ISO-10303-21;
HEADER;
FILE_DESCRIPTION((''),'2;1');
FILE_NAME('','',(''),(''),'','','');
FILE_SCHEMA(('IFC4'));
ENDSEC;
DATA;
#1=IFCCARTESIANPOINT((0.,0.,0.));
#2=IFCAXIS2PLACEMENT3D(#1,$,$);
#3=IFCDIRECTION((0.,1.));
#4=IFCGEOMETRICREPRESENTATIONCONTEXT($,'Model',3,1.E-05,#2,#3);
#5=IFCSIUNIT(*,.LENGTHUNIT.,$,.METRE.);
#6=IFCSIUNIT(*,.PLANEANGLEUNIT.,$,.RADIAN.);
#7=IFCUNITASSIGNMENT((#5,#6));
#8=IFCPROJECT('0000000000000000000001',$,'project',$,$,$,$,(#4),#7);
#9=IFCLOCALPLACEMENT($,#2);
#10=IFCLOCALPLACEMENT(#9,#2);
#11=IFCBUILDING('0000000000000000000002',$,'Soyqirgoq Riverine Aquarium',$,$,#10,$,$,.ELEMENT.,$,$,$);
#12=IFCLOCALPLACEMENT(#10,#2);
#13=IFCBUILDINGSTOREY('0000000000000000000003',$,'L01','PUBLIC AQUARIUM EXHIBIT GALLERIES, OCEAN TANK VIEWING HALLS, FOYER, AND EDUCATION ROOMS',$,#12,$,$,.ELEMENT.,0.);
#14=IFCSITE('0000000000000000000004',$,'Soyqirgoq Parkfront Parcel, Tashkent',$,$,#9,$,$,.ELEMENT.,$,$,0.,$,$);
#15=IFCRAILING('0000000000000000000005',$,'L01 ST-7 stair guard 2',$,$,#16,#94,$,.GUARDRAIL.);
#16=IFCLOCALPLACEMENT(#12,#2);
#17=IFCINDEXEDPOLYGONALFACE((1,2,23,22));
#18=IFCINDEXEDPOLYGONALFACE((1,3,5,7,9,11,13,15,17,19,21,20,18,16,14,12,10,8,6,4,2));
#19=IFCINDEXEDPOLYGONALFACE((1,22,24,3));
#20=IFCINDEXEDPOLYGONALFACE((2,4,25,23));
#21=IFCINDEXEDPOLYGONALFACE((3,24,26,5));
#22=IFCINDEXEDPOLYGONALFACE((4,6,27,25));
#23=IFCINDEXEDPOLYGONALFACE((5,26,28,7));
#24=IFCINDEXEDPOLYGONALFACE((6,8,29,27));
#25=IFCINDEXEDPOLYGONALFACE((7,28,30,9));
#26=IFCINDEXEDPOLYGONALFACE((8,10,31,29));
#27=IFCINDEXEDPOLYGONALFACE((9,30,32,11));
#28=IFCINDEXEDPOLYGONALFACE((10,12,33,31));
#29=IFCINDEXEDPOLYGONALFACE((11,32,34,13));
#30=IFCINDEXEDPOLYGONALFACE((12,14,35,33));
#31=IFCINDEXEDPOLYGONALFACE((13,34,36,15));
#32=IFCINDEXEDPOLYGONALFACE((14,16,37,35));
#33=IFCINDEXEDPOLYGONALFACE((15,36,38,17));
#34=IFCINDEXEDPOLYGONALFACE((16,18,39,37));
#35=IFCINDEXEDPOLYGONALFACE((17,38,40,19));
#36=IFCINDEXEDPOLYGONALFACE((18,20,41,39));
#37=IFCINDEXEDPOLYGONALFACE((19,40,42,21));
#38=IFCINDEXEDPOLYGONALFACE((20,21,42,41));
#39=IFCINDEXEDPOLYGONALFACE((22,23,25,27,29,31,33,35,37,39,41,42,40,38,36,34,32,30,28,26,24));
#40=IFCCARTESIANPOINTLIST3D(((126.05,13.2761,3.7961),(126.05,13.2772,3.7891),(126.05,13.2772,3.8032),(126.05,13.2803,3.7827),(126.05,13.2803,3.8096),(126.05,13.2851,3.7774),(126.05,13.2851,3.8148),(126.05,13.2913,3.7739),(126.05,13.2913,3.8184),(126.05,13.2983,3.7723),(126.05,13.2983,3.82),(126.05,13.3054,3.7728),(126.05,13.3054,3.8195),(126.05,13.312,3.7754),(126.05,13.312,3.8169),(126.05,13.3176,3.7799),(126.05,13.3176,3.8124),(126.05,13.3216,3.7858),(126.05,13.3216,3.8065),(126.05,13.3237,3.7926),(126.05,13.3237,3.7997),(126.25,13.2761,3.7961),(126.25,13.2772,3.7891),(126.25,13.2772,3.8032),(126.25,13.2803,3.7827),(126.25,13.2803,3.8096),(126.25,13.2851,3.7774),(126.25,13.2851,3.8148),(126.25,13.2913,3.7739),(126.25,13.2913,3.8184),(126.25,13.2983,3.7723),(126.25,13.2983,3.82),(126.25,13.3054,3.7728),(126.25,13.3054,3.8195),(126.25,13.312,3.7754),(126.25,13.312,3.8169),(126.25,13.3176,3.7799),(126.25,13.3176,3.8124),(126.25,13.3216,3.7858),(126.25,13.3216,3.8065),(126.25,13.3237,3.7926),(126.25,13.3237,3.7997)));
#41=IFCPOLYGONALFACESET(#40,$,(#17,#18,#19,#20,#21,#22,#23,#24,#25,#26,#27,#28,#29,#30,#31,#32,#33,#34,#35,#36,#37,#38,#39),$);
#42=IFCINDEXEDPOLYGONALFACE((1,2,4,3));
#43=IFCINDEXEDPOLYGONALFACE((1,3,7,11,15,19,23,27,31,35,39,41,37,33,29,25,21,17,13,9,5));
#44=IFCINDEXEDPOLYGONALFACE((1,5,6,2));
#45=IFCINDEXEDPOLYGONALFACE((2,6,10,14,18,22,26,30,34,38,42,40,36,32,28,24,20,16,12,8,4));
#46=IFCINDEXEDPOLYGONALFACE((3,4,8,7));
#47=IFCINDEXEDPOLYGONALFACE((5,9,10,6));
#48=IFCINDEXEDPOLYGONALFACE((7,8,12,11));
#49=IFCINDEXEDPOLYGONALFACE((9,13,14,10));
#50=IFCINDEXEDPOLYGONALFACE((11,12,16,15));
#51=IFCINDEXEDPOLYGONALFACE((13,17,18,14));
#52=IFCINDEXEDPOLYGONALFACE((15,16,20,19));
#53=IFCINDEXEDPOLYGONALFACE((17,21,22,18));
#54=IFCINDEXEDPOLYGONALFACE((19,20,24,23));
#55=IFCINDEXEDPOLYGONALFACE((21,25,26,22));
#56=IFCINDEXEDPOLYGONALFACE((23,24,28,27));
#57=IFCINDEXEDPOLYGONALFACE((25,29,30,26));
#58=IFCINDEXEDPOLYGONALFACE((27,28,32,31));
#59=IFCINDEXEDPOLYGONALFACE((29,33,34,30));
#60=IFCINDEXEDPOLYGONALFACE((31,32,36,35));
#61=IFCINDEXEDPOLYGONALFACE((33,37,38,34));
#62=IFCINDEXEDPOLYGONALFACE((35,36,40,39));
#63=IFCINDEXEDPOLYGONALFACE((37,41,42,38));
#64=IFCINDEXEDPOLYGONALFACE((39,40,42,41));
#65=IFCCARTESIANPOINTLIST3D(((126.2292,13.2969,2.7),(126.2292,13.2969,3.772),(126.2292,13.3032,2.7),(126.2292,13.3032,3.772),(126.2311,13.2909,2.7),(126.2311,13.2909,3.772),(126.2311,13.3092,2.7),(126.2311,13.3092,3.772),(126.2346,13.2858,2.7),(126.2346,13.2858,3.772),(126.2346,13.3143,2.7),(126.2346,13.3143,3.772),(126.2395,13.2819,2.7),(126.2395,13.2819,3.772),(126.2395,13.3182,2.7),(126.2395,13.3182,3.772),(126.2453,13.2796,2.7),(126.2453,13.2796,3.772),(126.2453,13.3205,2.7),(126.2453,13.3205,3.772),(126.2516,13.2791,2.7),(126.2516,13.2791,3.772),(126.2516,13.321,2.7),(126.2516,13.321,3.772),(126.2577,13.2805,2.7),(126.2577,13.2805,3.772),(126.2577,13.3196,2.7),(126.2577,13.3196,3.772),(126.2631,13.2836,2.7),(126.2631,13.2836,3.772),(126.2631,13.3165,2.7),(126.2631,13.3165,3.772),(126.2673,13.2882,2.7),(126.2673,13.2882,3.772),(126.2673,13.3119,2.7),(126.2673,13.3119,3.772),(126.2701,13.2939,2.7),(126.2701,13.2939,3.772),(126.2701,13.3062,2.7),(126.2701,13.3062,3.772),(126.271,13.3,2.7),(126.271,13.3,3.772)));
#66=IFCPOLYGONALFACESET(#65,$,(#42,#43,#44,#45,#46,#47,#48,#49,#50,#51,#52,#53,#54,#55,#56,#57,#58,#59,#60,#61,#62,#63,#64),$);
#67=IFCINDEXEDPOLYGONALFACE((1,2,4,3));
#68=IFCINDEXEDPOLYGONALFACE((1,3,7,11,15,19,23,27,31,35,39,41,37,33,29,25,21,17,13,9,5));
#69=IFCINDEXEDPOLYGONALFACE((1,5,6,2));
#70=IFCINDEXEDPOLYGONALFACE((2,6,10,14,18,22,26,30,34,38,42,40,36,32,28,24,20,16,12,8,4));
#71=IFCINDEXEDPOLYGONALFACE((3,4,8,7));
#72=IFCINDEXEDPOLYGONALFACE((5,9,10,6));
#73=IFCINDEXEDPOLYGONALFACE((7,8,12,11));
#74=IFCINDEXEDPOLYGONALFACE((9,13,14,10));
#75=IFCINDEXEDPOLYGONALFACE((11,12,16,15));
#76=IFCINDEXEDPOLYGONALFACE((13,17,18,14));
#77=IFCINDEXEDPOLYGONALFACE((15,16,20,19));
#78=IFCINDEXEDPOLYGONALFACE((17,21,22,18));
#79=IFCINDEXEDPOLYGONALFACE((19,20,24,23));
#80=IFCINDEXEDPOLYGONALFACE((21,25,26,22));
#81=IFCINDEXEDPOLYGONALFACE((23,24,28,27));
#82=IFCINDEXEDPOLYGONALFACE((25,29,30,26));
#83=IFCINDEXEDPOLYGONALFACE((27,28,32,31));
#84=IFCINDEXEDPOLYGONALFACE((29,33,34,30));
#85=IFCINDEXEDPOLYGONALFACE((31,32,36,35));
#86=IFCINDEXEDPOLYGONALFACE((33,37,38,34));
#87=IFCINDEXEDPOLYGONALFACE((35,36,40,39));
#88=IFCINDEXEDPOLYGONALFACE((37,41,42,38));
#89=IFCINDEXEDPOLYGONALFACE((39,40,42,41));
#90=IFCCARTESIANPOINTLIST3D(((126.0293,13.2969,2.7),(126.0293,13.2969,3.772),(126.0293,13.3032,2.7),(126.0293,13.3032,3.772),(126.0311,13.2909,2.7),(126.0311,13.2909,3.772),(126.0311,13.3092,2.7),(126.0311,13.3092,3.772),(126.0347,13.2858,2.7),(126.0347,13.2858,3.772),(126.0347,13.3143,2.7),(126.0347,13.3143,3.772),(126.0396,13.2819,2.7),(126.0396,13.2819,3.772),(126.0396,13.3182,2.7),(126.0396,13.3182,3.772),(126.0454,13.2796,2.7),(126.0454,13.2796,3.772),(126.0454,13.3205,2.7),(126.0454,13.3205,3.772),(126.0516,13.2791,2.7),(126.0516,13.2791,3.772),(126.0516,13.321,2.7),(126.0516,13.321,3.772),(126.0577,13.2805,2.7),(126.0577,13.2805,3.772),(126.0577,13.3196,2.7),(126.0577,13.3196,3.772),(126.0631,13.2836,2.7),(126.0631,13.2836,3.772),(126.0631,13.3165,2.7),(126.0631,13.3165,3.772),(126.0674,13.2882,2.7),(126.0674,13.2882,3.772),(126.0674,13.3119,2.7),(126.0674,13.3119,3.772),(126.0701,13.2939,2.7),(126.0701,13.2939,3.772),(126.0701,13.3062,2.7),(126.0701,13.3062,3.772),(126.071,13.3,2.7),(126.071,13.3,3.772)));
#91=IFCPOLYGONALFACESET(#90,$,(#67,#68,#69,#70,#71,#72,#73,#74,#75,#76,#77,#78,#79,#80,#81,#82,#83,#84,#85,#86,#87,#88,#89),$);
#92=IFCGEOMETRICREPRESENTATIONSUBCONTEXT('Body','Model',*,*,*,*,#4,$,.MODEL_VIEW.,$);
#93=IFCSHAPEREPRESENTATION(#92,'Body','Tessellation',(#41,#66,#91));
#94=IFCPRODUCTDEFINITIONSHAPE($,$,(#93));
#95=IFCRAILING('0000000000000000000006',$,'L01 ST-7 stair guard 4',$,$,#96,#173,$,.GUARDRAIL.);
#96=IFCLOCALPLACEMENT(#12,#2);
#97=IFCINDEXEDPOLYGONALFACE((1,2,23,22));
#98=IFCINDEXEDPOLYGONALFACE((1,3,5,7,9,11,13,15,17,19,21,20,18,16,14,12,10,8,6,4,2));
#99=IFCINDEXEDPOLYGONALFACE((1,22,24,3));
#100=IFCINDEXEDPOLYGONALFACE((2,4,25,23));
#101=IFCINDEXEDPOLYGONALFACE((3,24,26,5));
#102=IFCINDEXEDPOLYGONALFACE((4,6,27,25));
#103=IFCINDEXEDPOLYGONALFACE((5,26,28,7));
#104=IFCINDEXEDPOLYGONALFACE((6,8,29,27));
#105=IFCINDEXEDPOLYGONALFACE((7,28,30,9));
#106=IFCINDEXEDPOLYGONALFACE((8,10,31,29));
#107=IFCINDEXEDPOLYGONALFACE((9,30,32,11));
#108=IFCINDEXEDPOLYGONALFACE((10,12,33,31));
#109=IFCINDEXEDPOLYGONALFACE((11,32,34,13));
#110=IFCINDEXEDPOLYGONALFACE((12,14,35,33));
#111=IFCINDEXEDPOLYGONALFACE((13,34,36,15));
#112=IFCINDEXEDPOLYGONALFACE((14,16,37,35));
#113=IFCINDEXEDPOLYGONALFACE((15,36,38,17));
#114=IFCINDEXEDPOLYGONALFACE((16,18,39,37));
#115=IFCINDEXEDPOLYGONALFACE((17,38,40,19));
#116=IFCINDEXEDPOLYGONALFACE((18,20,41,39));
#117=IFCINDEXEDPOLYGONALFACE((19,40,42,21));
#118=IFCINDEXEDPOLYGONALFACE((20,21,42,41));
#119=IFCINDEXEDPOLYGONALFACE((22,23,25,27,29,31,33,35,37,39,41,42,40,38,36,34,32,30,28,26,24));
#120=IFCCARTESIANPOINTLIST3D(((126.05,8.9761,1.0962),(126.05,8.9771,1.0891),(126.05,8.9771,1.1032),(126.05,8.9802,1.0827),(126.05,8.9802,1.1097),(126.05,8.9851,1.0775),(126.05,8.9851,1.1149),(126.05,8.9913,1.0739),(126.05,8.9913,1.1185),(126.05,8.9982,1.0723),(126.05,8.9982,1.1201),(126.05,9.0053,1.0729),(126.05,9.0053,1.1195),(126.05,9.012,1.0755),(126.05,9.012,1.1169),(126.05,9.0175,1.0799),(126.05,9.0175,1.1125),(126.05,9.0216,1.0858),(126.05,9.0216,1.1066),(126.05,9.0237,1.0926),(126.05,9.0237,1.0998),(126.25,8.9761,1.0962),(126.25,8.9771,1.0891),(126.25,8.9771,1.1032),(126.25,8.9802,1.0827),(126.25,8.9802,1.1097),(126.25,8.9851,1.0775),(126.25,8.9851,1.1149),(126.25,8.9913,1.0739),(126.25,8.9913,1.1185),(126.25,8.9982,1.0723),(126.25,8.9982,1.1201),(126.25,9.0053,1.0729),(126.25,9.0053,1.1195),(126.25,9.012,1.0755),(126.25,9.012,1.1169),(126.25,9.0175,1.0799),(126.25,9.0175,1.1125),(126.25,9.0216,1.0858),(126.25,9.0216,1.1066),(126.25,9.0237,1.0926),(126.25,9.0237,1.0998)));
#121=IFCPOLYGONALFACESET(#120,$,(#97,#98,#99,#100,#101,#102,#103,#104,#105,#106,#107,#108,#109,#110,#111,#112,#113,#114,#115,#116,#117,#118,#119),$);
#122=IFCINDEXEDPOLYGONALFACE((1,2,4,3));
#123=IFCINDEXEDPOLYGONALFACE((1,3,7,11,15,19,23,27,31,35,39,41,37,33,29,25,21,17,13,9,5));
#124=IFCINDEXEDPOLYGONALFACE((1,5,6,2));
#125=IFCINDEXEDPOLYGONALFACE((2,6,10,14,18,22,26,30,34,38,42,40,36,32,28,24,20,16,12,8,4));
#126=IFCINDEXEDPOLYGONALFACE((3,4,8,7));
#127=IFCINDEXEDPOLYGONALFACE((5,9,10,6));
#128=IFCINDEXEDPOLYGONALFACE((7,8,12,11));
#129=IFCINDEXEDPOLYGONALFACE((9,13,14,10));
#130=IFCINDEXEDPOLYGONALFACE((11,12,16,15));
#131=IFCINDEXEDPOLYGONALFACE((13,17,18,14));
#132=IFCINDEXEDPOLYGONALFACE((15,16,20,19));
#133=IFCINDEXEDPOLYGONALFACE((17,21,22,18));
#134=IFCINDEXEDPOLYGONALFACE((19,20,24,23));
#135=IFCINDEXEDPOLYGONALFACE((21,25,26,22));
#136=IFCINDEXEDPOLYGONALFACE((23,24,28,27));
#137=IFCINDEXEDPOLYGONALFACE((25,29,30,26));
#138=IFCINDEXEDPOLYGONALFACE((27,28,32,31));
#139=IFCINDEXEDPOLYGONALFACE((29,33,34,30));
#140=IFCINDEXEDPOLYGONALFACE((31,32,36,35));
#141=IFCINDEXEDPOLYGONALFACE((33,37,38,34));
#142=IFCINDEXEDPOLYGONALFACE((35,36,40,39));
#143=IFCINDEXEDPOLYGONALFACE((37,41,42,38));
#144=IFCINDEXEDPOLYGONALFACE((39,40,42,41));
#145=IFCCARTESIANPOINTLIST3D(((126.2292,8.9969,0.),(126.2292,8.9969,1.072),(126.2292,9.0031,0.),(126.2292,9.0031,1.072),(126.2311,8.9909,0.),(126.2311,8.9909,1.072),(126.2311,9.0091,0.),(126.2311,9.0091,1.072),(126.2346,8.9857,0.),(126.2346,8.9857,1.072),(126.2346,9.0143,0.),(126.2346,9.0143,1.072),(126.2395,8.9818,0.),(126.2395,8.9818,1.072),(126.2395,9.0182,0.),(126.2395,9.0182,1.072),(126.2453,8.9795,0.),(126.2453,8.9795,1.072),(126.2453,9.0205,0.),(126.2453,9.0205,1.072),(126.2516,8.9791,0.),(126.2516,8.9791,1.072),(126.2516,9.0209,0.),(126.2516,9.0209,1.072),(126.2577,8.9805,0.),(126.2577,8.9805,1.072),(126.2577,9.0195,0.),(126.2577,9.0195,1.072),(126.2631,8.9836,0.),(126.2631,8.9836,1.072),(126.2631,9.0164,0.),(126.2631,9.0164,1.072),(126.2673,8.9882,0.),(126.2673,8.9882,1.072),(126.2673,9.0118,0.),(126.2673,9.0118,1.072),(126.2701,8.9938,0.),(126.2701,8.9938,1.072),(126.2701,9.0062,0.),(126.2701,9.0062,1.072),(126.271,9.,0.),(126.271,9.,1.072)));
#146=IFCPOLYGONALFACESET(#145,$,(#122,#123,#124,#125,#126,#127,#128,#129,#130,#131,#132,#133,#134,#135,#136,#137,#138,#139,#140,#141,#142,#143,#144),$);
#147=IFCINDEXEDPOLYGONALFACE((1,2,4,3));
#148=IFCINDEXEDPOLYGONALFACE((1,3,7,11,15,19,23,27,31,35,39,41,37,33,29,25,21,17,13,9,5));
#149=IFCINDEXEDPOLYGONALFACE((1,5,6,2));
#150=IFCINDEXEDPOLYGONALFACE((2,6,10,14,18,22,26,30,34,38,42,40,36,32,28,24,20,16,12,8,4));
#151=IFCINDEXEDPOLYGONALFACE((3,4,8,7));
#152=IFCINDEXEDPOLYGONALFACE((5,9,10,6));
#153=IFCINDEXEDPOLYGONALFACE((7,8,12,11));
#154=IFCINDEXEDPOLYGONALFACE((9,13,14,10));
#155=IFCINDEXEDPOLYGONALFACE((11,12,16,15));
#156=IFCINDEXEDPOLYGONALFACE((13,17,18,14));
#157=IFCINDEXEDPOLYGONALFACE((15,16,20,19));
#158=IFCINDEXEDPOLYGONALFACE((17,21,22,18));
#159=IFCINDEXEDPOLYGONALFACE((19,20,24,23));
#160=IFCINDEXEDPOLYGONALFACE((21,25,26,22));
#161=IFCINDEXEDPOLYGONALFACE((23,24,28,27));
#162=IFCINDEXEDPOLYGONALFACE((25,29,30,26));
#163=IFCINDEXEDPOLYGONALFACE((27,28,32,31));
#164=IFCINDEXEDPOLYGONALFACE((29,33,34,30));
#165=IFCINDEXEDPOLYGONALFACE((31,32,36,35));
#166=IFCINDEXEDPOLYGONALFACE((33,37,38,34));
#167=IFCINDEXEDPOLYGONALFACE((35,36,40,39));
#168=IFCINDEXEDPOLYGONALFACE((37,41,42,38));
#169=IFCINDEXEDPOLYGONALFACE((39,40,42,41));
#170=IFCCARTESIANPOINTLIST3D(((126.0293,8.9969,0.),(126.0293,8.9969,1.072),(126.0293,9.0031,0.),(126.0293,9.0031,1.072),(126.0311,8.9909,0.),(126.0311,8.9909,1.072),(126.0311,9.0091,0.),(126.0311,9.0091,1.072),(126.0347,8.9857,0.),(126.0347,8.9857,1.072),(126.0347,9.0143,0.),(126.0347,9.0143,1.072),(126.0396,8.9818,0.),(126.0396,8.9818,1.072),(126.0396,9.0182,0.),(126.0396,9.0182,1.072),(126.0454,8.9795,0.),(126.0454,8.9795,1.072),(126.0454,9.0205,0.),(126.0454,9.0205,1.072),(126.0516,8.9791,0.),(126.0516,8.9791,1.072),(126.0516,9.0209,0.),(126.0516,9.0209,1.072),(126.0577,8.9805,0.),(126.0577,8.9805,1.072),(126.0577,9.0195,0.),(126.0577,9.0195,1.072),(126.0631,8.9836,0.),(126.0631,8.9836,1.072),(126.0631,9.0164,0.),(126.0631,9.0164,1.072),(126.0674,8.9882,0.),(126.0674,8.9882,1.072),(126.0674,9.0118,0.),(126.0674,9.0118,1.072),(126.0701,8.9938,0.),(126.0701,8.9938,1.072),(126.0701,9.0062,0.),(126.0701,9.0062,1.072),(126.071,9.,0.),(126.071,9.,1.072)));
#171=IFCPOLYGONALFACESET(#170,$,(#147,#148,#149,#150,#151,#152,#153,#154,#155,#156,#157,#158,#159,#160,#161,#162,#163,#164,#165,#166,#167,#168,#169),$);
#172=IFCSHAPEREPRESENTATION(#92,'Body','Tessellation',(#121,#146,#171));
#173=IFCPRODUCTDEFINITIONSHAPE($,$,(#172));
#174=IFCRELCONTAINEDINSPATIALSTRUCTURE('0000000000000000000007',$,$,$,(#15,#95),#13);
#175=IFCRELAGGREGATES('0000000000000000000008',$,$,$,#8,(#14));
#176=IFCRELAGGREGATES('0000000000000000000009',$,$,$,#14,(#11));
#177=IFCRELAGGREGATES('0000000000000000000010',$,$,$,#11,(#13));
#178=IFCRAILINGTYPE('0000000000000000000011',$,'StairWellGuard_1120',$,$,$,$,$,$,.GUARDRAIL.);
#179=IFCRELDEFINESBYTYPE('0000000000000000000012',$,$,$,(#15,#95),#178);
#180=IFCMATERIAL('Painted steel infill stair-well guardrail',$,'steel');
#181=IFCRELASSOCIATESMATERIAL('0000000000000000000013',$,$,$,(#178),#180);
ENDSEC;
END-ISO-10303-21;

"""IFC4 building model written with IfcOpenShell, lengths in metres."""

from ifc_helpers import new_model, si_unit, direction, frame, origin, origin_2d, place, context, subcontext, project, spatial, circle, extrude, material, type_object, element, save


model = new_model("IFC4")

# Units and contexts
model_context = context("Model", 3, precision=1e-05, world=origin(), true_north=direction((0.0, 1.0)))
body_context = subcontext(model_context, "Body", "Model", "MODEL_VIEW")
ifc_project = project(units=[si_unit("LENGTHUNIT", "METRE"), si_unit("PLANEANGLEUNIT", "RADIAN")], contexts=[model_context])

# Site, building, storey
site_placement = place(None, origin())
site = spatial("IfcSite", under=ifc_project, at=site_placement, Name="Soyqirgoq Parkfront Parcel, Tashkent", CompositionType="ELEMENT", RefElevation=0.0)
building_placement = place(site_placement, origin())
building = spatial("IfcBuilding", under=site, at=building_placement, Name="Soyqirgoq Riverine Aquarium", CompositionType="ELEMENT")
storey_placement = place(building_placement, origin())
storey = spatial("IfcBuildingStorey", under=building, at=storey_placement, Name="L01", Description="PUBLIC AQUARIUM EXHIBIT GALLERIES, OCEAN TANK VIEWING HALLS, FOYER, AND EDUCATION ROOMS", CompositionType="ELEMENT", Elevation=0.0)

# Railings
ifc_material_1 = material(Name="Painted steel infill stair-well guardrail", Category="steel")
railing_type_1 = type_object("IfcRailingType", Name="StairWellGuard_1120", PredefinedType="GUARDRAIL", material=ifc_material_1)
for number, where, name in (
    (1, (126.25, 13.3, 2.7), "L01 ST-7 stair guard 2"),
    (2, (126.25, 9.0, 0.0), "L01 ST-7 stair guard 4"),
):
    element("IfcRailing", number, at=place(storey_placement, frame(where)), inside=storey, type_object=railing_type_1, Name=name, PredefinedType="GUARDRAIL", context=body_context, shape_type="SweptSolid", body=[
        extrude(circle(Radius=0.0239, at=origin_2d()), frame((0.0, 0.0, 1.0962), z_axis=(-1.0, 0.0, 0.0), x_axis=(0.0, -1.0, 0.0)), (0.0, 0.0, 1.0), 0.2),
        extrude(circle(Radius=0.021, at=origin_2d()), origin(), (0.0, 0.0, 1.0), 1.072),
        extrude(circle(Radius=0.021, at=origin_2d()), frame((-0.2, 0.0, 0.0)), (0.0, 0.0, 1.0), 1.072),
    ])

save(model, "model.ifc")
